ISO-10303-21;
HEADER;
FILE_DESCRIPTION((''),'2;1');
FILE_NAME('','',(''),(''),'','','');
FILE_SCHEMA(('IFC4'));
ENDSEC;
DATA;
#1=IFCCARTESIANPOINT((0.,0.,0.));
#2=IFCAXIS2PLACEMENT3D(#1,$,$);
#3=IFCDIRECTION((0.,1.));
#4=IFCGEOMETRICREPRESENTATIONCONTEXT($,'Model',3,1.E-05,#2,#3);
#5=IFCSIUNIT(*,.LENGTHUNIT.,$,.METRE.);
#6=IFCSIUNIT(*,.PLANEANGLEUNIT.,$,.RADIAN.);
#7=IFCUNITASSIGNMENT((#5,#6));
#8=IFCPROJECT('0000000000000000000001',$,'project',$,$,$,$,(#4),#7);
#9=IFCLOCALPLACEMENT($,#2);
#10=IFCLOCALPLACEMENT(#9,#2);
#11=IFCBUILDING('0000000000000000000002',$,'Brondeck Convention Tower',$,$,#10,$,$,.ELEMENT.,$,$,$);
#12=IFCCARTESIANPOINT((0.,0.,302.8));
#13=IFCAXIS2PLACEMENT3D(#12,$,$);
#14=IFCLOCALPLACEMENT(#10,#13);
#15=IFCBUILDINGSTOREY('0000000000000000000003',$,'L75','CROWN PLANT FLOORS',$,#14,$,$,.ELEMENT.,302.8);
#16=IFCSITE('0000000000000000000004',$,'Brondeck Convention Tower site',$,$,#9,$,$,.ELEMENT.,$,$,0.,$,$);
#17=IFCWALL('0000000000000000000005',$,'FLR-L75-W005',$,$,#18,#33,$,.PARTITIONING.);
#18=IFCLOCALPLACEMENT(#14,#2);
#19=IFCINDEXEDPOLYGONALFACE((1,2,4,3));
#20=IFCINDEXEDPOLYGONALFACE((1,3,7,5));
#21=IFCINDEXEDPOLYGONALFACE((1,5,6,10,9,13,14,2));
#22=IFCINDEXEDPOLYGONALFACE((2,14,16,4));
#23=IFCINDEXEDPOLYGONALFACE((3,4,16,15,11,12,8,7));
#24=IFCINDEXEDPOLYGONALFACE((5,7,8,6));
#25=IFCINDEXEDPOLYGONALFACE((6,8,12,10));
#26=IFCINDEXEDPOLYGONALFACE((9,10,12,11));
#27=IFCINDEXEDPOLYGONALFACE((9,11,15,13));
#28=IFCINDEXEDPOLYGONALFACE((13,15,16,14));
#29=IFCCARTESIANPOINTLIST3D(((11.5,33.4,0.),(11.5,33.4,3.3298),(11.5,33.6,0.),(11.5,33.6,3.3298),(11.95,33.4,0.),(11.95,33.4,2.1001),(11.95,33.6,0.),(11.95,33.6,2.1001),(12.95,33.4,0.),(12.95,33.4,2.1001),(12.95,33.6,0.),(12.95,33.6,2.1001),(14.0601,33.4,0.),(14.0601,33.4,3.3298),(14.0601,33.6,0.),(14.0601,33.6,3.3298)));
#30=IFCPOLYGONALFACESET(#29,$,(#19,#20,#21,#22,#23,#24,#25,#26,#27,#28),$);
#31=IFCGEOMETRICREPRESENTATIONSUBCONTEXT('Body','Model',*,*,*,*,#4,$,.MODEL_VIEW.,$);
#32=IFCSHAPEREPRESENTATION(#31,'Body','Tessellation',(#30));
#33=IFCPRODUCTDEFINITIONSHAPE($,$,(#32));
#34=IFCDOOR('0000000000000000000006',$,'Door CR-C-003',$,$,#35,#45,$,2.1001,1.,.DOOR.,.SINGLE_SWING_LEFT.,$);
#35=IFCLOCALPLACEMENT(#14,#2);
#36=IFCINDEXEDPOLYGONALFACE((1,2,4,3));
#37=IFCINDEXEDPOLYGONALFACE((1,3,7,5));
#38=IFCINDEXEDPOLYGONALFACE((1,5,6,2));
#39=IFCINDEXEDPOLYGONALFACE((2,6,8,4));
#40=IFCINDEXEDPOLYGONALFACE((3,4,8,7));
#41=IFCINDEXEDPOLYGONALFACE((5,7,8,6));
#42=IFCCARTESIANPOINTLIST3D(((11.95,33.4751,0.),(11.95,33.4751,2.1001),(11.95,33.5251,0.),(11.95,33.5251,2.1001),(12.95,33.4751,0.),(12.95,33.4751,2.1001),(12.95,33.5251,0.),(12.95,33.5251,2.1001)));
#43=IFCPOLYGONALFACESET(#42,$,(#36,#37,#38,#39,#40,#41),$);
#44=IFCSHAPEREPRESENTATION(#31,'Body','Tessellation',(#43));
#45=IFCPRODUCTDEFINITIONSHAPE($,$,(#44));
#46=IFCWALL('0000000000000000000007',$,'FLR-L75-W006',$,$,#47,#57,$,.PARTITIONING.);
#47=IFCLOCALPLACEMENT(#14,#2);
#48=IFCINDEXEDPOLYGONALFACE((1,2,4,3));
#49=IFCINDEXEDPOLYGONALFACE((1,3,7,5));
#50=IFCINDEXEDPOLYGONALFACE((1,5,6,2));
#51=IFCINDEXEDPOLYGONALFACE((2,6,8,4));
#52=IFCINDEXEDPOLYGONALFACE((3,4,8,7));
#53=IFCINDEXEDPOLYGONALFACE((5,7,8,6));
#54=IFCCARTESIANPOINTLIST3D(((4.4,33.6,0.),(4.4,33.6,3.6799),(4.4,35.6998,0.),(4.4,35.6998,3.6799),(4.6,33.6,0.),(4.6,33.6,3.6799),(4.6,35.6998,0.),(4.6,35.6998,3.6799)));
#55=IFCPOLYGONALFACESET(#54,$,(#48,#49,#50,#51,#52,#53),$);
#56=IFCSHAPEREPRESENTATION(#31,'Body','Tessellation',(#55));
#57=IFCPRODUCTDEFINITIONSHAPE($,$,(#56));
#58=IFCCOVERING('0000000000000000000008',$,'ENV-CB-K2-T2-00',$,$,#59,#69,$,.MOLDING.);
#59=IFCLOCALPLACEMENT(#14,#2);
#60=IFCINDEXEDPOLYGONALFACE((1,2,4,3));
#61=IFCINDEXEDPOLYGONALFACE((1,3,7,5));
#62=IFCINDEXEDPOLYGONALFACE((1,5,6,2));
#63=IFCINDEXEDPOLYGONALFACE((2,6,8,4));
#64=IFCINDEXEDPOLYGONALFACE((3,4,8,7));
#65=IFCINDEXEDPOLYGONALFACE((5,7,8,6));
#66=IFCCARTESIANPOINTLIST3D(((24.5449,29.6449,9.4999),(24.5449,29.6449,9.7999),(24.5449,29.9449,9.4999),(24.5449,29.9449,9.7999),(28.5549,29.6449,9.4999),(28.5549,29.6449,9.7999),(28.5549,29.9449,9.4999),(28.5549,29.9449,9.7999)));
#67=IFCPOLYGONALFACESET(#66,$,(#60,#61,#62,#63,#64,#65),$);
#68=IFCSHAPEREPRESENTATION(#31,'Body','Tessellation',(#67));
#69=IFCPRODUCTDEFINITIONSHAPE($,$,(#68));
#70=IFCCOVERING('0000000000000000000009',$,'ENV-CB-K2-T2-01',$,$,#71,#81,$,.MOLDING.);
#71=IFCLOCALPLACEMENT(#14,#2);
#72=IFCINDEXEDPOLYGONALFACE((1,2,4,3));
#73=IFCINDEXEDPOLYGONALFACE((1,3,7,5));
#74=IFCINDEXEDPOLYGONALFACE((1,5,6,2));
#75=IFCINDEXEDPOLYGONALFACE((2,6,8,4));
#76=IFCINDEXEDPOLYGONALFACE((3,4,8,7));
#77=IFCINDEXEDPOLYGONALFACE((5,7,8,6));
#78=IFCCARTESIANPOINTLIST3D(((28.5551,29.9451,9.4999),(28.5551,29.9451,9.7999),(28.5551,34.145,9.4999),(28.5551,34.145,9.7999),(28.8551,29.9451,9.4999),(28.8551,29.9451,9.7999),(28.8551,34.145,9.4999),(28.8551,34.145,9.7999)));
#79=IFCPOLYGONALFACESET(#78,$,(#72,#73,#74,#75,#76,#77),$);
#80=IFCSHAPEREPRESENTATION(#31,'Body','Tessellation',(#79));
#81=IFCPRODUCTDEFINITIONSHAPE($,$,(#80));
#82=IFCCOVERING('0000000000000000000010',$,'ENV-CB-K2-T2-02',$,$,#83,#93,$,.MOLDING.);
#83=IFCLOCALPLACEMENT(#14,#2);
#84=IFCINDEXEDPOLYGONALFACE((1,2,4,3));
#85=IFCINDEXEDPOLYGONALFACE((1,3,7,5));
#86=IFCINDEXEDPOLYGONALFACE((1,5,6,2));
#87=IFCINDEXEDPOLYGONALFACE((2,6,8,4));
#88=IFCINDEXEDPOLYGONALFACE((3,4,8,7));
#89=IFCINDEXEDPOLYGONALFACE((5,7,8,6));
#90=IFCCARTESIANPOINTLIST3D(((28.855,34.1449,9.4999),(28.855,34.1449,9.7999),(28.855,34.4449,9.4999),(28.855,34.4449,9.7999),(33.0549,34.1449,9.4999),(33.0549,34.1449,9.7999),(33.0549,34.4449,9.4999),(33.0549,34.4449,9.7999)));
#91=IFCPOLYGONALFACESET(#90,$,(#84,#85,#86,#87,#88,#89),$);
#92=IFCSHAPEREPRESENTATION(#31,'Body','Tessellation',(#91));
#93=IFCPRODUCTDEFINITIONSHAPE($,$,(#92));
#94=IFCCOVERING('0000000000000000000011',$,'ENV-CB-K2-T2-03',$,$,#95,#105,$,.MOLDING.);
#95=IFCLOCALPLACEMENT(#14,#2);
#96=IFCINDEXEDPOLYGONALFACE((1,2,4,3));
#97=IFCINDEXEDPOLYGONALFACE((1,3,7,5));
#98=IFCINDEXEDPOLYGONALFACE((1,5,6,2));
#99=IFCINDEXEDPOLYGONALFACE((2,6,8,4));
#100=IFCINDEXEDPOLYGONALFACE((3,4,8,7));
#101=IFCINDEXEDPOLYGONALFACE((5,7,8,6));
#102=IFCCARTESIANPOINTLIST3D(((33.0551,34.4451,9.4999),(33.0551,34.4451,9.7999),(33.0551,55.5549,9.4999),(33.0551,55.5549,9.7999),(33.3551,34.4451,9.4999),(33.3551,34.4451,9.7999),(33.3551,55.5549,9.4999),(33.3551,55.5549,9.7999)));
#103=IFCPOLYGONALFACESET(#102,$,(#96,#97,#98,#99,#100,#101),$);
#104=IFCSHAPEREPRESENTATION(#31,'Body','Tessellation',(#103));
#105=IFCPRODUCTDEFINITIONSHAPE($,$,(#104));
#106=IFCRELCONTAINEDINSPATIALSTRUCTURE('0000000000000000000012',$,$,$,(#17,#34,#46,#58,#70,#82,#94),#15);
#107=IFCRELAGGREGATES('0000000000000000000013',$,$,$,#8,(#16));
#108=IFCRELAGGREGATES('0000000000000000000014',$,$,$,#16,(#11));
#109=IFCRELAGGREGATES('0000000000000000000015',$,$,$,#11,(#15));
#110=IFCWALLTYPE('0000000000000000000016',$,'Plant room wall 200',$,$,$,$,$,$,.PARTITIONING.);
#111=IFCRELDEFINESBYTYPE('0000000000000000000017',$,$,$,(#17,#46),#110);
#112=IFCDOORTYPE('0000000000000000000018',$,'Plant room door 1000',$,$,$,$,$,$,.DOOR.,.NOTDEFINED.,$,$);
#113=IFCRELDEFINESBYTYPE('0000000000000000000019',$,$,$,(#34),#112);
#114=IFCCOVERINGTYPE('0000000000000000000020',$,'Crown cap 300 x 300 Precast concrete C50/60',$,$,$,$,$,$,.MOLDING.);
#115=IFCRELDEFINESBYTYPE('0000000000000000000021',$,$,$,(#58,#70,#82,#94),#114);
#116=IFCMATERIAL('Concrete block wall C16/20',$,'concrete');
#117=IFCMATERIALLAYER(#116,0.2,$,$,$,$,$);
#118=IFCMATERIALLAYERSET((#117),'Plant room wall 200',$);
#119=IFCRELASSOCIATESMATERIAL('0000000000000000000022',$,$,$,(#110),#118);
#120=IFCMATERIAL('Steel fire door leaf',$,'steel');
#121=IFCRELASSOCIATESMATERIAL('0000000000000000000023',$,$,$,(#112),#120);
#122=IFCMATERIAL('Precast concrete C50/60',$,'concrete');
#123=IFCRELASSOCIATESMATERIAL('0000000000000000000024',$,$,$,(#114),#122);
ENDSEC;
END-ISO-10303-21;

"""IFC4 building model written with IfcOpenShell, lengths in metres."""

from ifc_helpers import new_model, si_unit, direction, frame, frame_2d, origin, origin_2d, place, context, subcontext, project, spatial, rectangle, extrude, material, layer, layer_set, material_profile, profile_set, type_object, element, fill, save


model = new_model("IFC4")

# Units and contexts
model_context = context("Model", 3, precision=1e-05, world=origin(), true_north=direction((0.0, 1.0)))
body_context = subcontext(model_context, "Body", "Model", "MODEL_VIEW")
ifc_project = project(units=[si_unit("LENGTHUNIT", "METRE"), si_unit("PLANEANGLEUNIT", "RADIAN")], contexts=[model_context])

# Site, building, storey
site_placement = place(None, origin())
site = spatial("IfcSite", under=ifc_project, at=site_placement, Name="Brondeck Convention Tower site", CompositionType="ELEMENT", RefElevation=0.0)
building_placement = place(site_placement, origin())
building = spatial("IfcBuilding", under=site, at=building_placement, Name="Brondeck Convention Tower", CompositionType="ELEMENT")
storey_placement = place(building_placement, frame((0.0, 0.0, 302.8)))
storey = spatial("IfcBuildingStorey", under=building, at=storey_placement, Name="L75", Description="CROWN PLANT FLOORS", CompositionType="ELEMENT", Elevation=302.8)

# Shared definitions
ifc_material_1 = material(Name="Concrete block wall C16/20", Category="concrete")
ifc_layer_1 = layer(ifc_material_1, 0.2)
ifc_layer_set_1 = layer_set([ifc_layer_1], Name="Plant room wall 200")
wall_type_1 = type_object("IfcWallType", Name="Plant room wall 200", PredefinedType="PARTITIONING", material=ifc_layer_set_1)

# Wall, opening, door
ifc_material_2 = material(Name="Steel fire door leaf", Category="steel")
door_type = type_object("IfcDoorType", Name="Plant room door 1000", OperationType="NOTDEFINED", PredefinedType="DOOR", material=ifc_material_2)
wall_1_placement = place(storey_placement, frame((14.0601, 33.5, 0.0), z_axis=(0.0, 0.0, 1.0), x_axis=(-1.0, 0.0, 0.0)))
wall_1 = element("IfcWall", 1, at=wall_1_placement, inside=storey, type_object=wall_type_1, Name="FLR-L75-W005", PredefinedType="PARTITIONING", context=body_context, shape_type="SweptSolid", body=[
    extrude(rectangle(XDim=2.5601, YDim=0.2, at=frame_2d((1.28, 0.0))), origin(), (0.0, 0.0, 1.0), 3.3298),
])
opening_1_placement = place(wall_1_placement, frame((1.1101, 0.0, 0.0)))
opening_1 = element("IfcOpeningElement", 2, at=opening_1_placement, cuts=wall_1, PredefinedType="OPENING", context=body_context, shape_type="SweptSolid", body=[
    extrude(rectangle(XDim=1.0, YDim=2.1001, at=frame_2d((0.5, 1.05))), frame((0.0, 0.1099, 0.0), z_axis=(0.0, -1.0, 0.0), x_axis=(1.0, 0.0, 0.0)), (0.0, 0.0, 1.0), 0.22),
])
door_1_placement = place(opening_1_placement, origin())
door_1 = element("IfcDoor", 3, at=door_1_placement, inside=storey, type_object=door_type, Name="Door CR-C-003", OperationType="SINGLE_SWING_LEFT", OverallHeight=2.1001, OverallWidth=1.0, PredefinedType="DOOR", context=body_context, shape_type="SweptSolid", body=[
    extrude(rectangle(XDim=1.0, YDim=2.1001, at=frame_2d((0.5, 1.05))), frame((0.0, 0.0249, 0.0), z_axis=(0.0, -1.0, 0.0), x_axis=(1.0, 0.0, 0.0)), (0.0, 0.0, 1.0), 0.05),
])
fill(opening_1, door_1)

# Wall
wall_2_placement = place(storey_placement, frame((4.5, 33.6001, 0.0), z_axis=(0.0, 0.0, 1.0), x_axis=(0.0, 1.0, 0.0)))
element("IfcWall", 4, at=wall_2_placement, inside=storey, type_object=wall_type_1, Name="FLR-L75-W006", PredefinedType="PARTITIONING", context=body_context, shape_type="SweptSolid", body=[
    extrude(rectangle(XDim=2.0999, YDim=0.2, at=frame_2d((1.0498, 0.0))), origin(), (0.0, 0.0, 1.0), 3.6799),
])

# Coverings
ifc_material_3 = material(Name="Precast concrete C50/60", Category="concrete")
ifc_material_profile_1 = material_profile(ifc_material_3, rectangle(XDim=0.3, YDim=0.3, at=origin_2d()), Name="Crown cap 300 x 300 Precast concrete C50/60")
ifc_profile_set_1 = profile_set([ifc_material_profile_1], Name="Precast concrete C50/60")
covering_type = type_object("IfcCoveringType", Name="Crown cap 300 x 300 Precast concrete C50/60", PredefinedType="MOLDING", material=ifc_profile_set_1)
covering_1_placement = place(storey_placement, frame((24.5449, 29.7949, 9.6499), z_axis=(1.0, 0.0, 0.0), x_axis=(0.0, 1.0, 0.0)))
element("IfcCovering", 5, at=covering_1_placement, inside=storey, type_object=covering_type, Name="ENV-CB-K2-T2-00", PredefinedType="MOLDING", context=body_context, shape_type="SweptSolid", body=[
    extrude(rectangle(XDim=0.3, YDim=0.3, at=origin_2d()), origin(), (0.0, 0.0, 1.0), 4.01),
])
for number, where, z_axis, x_axis, name in (
    (6, (28.7051, 29.9451, 9.6499), (0.0, 1.0, 0.0), (-1.0, 0.0, 0.0), "ENV-CB-K2-T2-01"),
    (7, (28.855, 34.2949, 9.6499), (1.0, 0.0, 0.0), (0.0, 1.0, 0.0), "ENV-CB-K2-T2-02"),
):
    element("IfcCovering", number, at=place(storey_placement, frame(where, z_axis=z_axis, x_axis=x_axis)), inside=storey, type_object=covering_type, Name=name, PredefinedType="MOLDING", context=body_context, shape_type="SweptSolid", body=[
        extrude(rectangle(XDim=0.3, YDim=0.3, at=origin_2d()), origin(), (0.0, 0.0, 1.0), 4.2),
    ])
covering_2_placement = place(storey_placement, frame((33.2051, 34.4451, 9.6499), z_axis=(0.0, 1.0, 0.0), x_axis=(-1.0, 0.0, 0.0)))
element("IfcCovering", 8, at=covering_2_placement, inside=storey, type_object=covering_type, Name="ENV-CB-K2-T2-03", PredefinedType="MOLDING", context=body_context, shape_type="SweptSolid", body=[
    extrude(rectangle(XDim=0.3, YDim=0.3, at=origin_2d()), origin(), (0.0, 0.0, 1.0), 21.1099),
])

save(model, "model.ifc")
